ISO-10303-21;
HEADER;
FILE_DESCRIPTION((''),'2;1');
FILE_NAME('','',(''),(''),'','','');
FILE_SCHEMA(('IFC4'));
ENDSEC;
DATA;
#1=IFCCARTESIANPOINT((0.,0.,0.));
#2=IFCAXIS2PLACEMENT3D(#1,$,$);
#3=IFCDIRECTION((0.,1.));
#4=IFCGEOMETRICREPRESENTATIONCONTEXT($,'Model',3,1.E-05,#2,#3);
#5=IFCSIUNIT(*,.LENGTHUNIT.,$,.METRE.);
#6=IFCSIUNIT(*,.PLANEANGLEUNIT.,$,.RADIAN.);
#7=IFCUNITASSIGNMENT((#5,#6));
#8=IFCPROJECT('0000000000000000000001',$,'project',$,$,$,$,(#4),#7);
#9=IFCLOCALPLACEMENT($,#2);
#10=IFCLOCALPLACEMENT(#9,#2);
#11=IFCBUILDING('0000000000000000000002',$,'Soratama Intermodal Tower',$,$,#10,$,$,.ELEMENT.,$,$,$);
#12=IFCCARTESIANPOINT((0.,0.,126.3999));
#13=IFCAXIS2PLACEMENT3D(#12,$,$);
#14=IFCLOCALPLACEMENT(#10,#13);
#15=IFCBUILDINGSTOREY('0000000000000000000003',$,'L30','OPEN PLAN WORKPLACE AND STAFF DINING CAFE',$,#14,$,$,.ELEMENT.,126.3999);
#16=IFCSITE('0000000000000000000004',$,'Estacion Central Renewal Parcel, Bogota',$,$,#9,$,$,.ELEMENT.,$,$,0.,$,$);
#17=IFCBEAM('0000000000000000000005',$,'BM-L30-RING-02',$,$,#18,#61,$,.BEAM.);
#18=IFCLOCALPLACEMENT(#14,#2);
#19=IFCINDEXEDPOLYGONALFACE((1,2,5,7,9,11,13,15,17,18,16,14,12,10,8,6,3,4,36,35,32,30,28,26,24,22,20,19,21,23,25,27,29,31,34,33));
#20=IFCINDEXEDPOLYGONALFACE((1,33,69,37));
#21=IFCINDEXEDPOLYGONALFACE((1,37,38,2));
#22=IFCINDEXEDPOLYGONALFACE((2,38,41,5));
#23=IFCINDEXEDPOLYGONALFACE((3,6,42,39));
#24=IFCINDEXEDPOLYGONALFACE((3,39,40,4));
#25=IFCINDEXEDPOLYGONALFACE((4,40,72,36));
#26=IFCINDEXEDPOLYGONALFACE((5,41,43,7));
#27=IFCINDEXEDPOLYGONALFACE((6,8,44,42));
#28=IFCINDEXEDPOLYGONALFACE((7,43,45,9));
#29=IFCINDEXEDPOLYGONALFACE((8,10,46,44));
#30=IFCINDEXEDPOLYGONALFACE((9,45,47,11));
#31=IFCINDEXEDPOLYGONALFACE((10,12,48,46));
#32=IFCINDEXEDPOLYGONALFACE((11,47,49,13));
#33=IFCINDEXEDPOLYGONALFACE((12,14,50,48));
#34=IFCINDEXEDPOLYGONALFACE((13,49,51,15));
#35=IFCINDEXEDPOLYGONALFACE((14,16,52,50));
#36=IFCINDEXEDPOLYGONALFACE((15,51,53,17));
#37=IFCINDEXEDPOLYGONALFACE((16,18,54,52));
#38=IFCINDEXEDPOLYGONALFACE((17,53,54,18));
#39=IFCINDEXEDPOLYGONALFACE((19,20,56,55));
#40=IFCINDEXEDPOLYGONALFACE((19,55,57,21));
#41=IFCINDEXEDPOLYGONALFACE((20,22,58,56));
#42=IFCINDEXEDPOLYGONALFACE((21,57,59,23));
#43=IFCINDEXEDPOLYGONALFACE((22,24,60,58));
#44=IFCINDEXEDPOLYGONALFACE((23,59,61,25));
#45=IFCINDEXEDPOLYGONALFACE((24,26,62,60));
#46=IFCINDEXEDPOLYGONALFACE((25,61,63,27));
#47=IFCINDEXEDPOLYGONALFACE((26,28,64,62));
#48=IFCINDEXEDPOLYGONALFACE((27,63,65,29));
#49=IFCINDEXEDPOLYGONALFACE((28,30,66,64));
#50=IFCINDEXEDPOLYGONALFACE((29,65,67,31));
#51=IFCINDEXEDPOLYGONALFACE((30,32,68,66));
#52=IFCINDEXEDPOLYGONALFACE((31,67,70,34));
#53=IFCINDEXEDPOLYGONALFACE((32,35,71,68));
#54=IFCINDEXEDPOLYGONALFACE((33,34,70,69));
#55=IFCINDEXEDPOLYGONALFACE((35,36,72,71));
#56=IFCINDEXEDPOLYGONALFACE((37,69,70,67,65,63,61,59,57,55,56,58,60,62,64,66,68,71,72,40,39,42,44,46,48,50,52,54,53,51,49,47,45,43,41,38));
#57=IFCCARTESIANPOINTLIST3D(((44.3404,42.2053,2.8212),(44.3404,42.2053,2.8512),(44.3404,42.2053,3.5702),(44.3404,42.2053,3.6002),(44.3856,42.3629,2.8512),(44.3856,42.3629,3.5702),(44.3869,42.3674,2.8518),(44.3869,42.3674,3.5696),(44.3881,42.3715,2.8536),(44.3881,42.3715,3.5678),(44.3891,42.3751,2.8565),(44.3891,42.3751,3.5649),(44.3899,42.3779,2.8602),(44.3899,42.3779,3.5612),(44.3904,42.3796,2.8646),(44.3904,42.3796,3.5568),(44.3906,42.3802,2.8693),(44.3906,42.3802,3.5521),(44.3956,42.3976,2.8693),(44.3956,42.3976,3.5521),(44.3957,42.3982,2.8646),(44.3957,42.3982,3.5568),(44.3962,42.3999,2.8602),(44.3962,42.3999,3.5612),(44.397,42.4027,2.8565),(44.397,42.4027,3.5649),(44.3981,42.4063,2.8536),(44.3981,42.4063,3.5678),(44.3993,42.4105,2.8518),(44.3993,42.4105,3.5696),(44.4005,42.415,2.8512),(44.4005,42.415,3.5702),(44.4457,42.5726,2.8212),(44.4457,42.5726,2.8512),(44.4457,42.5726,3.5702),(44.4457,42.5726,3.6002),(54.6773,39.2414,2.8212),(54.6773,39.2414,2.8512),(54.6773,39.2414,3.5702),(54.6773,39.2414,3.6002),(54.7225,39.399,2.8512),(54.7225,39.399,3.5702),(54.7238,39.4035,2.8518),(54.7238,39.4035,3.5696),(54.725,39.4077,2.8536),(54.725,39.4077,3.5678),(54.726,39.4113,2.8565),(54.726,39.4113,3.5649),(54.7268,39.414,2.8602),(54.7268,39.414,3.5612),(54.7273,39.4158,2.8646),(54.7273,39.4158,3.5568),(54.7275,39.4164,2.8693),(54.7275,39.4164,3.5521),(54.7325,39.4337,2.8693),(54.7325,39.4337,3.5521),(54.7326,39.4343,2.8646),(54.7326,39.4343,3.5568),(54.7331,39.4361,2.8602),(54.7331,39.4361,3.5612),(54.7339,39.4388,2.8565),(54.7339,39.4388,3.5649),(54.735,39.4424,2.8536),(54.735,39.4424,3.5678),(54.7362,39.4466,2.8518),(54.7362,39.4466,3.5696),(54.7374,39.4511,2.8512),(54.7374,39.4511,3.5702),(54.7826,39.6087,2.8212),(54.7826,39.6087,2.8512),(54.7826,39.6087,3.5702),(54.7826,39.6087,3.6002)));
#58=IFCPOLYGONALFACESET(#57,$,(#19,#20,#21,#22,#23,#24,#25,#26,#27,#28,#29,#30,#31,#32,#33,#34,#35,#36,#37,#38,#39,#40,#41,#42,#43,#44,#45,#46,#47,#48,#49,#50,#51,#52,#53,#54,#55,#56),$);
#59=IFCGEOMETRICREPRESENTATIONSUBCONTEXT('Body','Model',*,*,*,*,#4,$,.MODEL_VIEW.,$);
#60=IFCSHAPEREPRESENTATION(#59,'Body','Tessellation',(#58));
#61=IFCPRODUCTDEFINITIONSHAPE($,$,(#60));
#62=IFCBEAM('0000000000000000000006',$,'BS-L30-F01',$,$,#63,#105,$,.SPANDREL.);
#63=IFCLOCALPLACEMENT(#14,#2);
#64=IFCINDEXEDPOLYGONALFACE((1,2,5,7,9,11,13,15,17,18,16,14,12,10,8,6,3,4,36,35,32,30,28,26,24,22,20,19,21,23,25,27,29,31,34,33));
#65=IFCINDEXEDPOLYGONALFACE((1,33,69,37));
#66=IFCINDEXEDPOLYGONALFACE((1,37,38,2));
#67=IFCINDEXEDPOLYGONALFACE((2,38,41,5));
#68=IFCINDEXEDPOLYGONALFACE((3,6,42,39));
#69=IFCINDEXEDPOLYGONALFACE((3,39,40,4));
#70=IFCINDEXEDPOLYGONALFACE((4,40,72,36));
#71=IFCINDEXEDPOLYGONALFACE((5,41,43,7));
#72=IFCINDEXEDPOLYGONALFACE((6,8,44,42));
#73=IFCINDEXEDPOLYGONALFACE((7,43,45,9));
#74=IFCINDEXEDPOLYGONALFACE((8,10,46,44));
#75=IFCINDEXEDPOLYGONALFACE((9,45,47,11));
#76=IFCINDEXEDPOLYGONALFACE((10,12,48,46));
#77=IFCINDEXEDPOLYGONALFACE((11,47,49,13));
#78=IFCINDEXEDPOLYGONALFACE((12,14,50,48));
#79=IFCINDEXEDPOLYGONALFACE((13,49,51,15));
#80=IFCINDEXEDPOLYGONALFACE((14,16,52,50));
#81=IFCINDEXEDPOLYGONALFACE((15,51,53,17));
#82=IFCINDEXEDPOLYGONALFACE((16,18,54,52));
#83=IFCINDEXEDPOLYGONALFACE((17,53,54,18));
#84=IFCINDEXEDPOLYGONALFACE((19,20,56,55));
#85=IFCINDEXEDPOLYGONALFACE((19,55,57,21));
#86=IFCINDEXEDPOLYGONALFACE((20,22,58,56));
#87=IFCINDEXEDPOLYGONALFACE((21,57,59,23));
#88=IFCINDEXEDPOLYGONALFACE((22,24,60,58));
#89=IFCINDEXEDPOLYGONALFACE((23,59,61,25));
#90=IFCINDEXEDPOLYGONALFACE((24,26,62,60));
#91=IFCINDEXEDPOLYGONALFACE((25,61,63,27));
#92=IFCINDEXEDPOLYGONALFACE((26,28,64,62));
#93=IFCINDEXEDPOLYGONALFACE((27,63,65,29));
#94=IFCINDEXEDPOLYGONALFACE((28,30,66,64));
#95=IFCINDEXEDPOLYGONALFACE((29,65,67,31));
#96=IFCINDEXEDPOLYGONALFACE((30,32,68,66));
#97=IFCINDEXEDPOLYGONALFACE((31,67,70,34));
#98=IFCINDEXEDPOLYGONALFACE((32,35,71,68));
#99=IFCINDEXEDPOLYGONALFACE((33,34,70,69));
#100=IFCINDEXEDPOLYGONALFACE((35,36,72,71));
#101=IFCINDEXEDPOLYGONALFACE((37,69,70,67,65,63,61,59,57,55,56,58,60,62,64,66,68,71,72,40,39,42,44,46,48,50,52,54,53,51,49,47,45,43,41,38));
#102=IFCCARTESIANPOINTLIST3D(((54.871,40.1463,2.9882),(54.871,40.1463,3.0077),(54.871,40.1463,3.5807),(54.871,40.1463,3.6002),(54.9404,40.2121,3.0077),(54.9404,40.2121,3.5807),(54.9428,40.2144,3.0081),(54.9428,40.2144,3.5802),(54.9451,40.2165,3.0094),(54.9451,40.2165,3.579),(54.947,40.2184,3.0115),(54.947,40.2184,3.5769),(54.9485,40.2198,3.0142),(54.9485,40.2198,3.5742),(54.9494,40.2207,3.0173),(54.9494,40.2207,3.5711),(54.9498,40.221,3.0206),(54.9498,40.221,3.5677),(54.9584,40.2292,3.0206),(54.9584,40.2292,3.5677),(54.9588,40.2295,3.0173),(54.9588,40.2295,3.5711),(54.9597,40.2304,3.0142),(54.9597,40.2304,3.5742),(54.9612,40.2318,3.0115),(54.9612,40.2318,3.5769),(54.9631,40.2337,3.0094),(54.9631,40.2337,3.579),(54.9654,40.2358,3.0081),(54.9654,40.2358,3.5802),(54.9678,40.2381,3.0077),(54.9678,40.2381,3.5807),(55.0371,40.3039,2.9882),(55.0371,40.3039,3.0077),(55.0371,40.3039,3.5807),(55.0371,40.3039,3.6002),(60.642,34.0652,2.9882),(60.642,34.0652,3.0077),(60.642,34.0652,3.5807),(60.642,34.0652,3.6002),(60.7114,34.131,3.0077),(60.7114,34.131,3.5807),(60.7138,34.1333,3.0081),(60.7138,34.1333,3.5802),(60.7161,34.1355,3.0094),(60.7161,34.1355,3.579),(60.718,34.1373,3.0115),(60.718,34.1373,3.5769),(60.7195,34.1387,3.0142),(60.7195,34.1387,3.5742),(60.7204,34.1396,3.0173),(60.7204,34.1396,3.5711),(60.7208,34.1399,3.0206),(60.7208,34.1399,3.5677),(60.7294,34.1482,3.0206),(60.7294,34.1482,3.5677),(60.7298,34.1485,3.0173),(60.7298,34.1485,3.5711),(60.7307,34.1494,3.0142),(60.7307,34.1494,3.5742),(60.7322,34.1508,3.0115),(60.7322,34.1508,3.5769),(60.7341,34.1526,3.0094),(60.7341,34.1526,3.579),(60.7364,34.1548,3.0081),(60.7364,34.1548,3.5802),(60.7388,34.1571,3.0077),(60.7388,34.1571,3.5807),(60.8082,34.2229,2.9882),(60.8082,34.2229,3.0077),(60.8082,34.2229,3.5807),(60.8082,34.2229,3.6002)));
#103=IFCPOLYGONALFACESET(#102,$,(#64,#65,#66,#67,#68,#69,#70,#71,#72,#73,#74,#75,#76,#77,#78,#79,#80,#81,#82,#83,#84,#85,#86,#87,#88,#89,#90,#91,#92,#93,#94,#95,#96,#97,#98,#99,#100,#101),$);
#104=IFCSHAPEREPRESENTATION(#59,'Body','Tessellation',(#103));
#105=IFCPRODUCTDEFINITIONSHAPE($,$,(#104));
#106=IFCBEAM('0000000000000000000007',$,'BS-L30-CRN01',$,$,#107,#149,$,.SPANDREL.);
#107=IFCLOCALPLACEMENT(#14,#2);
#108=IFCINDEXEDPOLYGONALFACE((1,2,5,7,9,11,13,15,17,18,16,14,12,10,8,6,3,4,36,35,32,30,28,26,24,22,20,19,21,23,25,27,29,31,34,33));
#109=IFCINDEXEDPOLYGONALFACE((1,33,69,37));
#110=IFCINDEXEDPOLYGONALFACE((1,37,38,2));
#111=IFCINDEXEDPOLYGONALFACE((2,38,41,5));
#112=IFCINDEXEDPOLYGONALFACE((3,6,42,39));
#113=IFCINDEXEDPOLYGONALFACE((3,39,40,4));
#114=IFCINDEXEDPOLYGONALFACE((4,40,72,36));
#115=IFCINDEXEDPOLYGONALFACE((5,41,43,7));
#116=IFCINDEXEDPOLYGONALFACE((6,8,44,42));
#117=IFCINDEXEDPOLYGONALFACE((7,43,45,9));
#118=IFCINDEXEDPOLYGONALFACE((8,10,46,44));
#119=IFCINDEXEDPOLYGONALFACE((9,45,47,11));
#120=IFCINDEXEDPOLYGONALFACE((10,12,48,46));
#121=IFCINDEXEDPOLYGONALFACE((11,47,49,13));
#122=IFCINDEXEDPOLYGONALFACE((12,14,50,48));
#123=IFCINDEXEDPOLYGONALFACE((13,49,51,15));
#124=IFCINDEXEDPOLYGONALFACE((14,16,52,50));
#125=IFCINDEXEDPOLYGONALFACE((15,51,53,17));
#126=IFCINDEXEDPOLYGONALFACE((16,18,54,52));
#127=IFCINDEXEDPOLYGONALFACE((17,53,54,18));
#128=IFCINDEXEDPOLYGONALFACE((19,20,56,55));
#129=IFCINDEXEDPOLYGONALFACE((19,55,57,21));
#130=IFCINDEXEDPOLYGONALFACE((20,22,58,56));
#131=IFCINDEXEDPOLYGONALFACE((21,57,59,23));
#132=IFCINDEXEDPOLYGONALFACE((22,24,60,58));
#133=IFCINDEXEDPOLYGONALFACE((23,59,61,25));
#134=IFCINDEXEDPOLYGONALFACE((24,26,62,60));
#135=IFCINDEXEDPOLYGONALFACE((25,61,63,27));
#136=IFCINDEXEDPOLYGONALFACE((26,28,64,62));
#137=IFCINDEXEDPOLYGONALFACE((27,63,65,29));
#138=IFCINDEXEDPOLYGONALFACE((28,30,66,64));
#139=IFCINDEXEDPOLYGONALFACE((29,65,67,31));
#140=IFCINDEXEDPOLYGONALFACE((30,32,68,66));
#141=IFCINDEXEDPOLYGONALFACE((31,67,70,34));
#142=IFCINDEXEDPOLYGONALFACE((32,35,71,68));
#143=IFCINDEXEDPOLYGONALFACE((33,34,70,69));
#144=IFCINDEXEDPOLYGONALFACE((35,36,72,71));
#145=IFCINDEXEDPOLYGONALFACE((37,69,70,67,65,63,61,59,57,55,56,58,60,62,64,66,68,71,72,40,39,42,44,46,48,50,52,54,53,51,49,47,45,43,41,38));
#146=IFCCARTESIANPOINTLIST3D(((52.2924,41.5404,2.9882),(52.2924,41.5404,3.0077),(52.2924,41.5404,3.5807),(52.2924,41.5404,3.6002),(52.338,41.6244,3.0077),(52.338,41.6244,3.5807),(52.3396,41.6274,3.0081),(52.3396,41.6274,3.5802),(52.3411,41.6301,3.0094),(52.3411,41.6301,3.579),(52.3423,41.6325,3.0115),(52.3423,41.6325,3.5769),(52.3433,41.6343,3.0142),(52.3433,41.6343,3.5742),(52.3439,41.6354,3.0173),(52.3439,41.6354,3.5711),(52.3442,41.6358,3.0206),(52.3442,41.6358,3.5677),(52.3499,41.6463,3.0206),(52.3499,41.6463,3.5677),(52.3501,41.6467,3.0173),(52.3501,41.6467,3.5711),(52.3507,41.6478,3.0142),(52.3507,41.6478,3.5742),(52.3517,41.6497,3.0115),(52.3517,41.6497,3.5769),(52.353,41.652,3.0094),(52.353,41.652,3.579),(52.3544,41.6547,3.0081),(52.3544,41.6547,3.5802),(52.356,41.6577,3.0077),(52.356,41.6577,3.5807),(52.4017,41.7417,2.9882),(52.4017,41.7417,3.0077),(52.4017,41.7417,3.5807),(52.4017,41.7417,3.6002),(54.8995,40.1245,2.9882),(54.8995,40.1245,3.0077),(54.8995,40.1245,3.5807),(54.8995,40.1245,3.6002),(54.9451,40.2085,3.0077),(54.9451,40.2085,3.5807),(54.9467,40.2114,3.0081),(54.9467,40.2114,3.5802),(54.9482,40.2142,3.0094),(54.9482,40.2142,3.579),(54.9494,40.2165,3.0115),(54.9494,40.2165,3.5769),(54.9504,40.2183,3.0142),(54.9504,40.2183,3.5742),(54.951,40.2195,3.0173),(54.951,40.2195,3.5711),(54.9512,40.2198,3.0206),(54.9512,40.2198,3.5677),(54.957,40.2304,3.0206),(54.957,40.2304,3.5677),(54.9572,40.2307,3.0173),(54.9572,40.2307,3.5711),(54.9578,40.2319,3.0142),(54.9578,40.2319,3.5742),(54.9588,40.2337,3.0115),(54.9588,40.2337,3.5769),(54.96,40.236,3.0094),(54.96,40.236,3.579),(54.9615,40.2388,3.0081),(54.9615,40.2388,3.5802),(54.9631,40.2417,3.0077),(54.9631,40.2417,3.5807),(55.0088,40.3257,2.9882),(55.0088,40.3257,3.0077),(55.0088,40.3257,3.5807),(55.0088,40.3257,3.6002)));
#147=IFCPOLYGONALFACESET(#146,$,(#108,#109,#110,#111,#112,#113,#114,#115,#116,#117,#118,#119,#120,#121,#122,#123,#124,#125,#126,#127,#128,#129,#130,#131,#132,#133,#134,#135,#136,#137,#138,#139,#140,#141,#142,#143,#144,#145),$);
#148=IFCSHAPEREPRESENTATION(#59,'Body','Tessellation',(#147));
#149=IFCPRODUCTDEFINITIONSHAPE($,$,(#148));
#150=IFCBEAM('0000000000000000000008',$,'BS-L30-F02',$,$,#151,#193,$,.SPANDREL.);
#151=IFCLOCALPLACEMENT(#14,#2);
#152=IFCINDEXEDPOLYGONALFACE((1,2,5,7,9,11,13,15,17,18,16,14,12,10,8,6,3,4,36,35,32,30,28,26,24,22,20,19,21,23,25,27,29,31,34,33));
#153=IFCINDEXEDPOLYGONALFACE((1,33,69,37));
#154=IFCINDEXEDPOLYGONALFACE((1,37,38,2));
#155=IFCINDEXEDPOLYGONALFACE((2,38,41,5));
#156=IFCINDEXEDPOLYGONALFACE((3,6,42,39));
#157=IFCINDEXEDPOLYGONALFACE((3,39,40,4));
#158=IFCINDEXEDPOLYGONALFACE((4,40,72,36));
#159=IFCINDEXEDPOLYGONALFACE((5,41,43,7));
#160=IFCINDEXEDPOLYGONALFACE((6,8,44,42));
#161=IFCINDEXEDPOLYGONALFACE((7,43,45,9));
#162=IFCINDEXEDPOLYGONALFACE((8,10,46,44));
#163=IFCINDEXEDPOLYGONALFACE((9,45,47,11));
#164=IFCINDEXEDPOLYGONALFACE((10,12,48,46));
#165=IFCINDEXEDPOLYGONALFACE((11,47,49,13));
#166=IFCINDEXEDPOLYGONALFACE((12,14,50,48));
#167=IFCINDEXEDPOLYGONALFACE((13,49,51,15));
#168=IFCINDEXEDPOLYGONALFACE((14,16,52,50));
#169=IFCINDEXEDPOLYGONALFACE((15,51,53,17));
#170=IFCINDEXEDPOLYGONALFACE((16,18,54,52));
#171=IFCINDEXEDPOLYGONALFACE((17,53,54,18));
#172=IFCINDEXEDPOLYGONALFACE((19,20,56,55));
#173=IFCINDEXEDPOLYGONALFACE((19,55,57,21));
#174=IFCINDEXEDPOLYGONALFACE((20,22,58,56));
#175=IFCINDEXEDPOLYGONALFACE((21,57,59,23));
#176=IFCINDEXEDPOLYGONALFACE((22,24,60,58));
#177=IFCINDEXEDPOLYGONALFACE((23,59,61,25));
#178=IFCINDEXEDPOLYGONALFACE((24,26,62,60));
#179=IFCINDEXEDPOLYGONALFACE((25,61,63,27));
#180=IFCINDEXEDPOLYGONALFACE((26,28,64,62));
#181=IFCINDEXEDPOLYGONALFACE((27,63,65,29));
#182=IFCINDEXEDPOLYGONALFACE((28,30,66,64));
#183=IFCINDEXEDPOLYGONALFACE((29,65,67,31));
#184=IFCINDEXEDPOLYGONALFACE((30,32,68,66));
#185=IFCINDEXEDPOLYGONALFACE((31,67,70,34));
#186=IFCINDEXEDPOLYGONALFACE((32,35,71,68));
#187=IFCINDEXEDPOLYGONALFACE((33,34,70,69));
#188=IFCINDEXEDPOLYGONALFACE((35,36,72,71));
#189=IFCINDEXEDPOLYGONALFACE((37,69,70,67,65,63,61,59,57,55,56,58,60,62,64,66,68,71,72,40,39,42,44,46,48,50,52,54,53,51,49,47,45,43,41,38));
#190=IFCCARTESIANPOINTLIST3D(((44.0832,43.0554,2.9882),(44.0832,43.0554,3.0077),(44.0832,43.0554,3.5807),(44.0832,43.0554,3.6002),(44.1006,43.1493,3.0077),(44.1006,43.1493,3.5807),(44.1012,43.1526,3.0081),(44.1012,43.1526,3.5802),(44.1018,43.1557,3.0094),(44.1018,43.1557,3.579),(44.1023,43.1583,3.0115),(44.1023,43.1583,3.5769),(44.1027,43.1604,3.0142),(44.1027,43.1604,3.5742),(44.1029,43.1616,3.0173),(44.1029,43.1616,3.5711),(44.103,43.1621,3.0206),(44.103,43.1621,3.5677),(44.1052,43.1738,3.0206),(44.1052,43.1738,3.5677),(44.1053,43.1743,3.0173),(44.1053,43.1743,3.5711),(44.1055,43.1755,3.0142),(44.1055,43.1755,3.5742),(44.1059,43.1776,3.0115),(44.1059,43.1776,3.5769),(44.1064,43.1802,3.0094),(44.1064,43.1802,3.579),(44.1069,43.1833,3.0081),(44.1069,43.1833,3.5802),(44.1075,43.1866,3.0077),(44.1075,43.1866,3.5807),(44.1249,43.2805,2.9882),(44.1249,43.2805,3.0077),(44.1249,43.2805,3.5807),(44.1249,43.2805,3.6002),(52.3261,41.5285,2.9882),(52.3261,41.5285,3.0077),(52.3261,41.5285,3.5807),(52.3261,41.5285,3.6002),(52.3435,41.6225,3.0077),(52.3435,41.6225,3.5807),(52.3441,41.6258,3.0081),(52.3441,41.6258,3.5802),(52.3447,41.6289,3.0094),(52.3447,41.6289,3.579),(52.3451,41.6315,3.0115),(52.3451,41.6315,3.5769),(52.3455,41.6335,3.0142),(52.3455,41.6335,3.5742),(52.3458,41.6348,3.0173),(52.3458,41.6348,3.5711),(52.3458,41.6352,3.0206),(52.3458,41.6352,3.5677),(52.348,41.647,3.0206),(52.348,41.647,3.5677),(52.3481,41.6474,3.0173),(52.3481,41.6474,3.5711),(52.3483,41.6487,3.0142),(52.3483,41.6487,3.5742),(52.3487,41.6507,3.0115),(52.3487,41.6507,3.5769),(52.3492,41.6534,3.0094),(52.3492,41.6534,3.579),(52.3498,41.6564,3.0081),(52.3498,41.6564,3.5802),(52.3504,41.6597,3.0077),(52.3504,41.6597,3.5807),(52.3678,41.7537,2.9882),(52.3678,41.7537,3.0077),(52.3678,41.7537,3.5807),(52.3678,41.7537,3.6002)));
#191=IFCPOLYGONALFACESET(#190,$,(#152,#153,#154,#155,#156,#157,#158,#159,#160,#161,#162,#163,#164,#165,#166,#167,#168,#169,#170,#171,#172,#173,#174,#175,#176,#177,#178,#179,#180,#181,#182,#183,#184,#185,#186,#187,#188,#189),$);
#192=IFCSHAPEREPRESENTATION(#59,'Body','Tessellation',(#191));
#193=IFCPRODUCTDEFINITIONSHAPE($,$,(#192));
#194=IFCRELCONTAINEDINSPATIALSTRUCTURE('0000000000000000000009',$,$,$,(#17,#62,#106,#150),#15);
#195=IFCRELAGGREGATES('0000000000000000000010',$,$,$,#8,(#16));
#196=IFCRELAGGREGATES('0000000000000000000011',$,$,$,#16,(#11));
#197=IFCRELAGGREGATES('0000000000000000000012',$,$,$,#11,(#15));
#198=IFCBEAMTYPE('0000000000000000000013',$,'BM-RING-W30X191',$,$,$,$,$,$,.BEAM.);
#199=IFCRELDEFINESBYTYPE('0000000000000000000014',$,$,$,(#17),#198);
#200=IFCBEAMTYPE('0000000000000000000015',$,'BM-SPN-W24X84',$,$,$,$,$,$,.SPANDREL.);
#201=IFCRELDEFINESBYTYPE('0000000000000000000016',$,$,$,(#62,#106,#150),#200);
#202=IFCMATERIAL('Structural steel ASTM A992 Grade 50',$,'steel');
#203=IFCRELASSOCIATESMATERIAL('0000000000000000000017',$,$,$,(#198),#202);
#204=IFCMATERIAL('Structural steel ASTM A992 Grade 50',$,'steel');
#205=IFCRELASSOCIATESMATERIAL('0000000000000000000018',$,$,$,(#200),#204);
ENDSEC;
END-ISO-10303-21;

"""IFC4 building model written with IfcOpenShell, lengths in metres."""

from ifc_helpers import new_model, si_unit, direction, frame, origin, origin_2d, place, context, subcontext, project, spatial, i_section, extrude, material, material_profile, profile_set, type_object, element, save


model = new_model("IFC4")

# Units and contexts
model_context = context("Model", 3, precision=1e-05, world=origin(), true_north=direction((0.0, 1.0)))
body_context = subcontext(model_context, "Body", "Model", "MODEL_VIEW")
ifc_project = project(units=[si_unit("LENGTHUNIT", "METRE"), si_unit("PLANEANGLEUNIT", "RADIAN")], contexts=[model_context])

# Site, building, storey
site_placement = place(None, origin())
site = spatial("IfcSite", under=ifc_project, at=site_placement, Name="Estacion Central Renewal Parcel, Bogota", CompositionType="ELEMENT", RefElevation=0.0)
building_placement = place(site_placement, origin())
building = spatial("IfcBuilding", under=site, at=building_placement, Name="Soratama Intermodal Tower", CompositionType="ELEMENT")
storey_placement = place(building_placement, frame((0.0, 0.0, 126.3999)))
storey = spatial("IfcBuildingStorey", under=building, at=storey_placement, Name="L30", Description="OPEN PLAN WORKPLACE AND STAFF DINING CAFE", CompositionType="ELEMENT", Elevation=126.3999)

# Beams
ifc_material_1 = material(Name="Structural steel ASTM A992 Grade 50", Category="steel")
ifc_material_profile_1 = material_profile(ifc_material_1, i_section(OverallWidth=0.3821, OverallDepth=0.7791, WebThickness=0.0181, FlangeThickness=0.03, FilletRadius=0.0181, at=origin_2d()), Name="W30X191")
ifc_profile_set_1 = profile_set([ifc_material_profile_1], Name="Structural steel ASTM A992 Grade 50")
beam_type_1 = type_object("IfcBeamType", Name="BM-RING-W30X191", PredefinedType="BEAM", material=ifc_profile_set_1)
beam_1_placement = place(storey_placement, frame((54.73, 39.425, 3.2107), z_axis=(-0.961267, 0.275621, 0.0), x_axis=(-0.275621, -0.961267, 0.0)))
element("IfcBeam", 1, at=beam_1_placement, inside=storey, type_object=beam_type_1, Name="BM-L30-RING-02", PredefinedType="BEAM", context=body_context, shape_type="SweptSolid", body=[
    extrude(i_section(OverallWidth=0.3821, OverallDepth=0.7791, WebThickness=0.0181, FlangeThickness=0.03, FilletRadius=0.0181, at=origin_2d()), origin(), (0.0, 0.0, 1.0), 10.7534),
])
ifc_material_2 = material(Name="Structural steel ASTM A992 Grade 50", Category="steel")
ifc_material_profile_2 = material_profile(ifc_material_2, i_section(OverallWidth=0.229, OverallDepth=0.6121, WebThickness=0.012, FlangeThickness=0.0195, FilletRadius=0.0129, at=origin_2d()), Name="W24X84")
ifc_profile_set_2 = profile_set([ifc_material_profile_2], Name="Structural steel ASTM A992 Grade 50")
beam_type_2 = type_object("IfcBeamType", Name="BM-SPN-W24X84", PredefinedType="SPANDREL", material=ifc_profile_set_2)
beam_2_placement = place(storey_placement, frame((60.7251, 34.144, 3.2942), z_axis=(-0.688373, 0.725357, 0.0), x_axis=(-0.725357, -0.688373, 0.0)))
element("IfcBeam", 2, at=beam_2_placement, inside=storey, type_object=beam_type_2, Name="BS-L30-F01", PredefinedType="SPANDREL", context=body_context, shape_type="SweptSolid", body=[
    extrude(i_section(OverallWidth=0.229, OverallDepth=0.6121, WebThickness=0.012, FlangeThickness=0.0195, FilletRadius=0.0129, at=origin_2d()), origin(), (0.0, 0.0, 1.0), 8.3835),
])
beam_3_placement = place(storey_placement, frame((54.9541, 40.2251, 3.2942), z_axis=(-0.878756, 0.477272, 0.0), x_axis=(-0.477272, -0.878756, 0.0)))
element("IfcBeam", 3, at=beam_3_placement, inside=storey, type_object=beam_type_2, Name="BS-L30-CRN01", PredefinedType="SPANDREL", context=body_context, shape_type="SweptSolid", body=[
    extrude(i_section(OverallWidth=0.229, OverallDepth=0.6121, WebThickness=0.012, FlangeThickness=0.0195, FilletRadius=0.0129, at=origin_2d()), origin(), (0.0, 0.0, 1.0), 2.9668),
])
beam_4_placement = place(storey_placement, frame((52.3469, 41.6411, 3.2942), z_axis=(-0.983274, 0.182134, 0.0), x_axis=(-0.182134, -0.983274, 0.0)))
element("IfcBeam", 4, at=beam_4_placement, inside=storey, type_object=beam_type_2, Name="BS-L30-F02", PredefinedType="SPANDREL", context=body_context, shape_type="SweptSolid", body=[
    extrude(i_section(OverallWidth=0.229, OverallDepth=0.6121, WebThickness=0.012, FlangeThickness=0.0195, FilletRadius=0.0129, at=origin_2d()), origin(), (0.0, 0.0, 1.0), 8.3831),
])

save(model, "model.ifc")
